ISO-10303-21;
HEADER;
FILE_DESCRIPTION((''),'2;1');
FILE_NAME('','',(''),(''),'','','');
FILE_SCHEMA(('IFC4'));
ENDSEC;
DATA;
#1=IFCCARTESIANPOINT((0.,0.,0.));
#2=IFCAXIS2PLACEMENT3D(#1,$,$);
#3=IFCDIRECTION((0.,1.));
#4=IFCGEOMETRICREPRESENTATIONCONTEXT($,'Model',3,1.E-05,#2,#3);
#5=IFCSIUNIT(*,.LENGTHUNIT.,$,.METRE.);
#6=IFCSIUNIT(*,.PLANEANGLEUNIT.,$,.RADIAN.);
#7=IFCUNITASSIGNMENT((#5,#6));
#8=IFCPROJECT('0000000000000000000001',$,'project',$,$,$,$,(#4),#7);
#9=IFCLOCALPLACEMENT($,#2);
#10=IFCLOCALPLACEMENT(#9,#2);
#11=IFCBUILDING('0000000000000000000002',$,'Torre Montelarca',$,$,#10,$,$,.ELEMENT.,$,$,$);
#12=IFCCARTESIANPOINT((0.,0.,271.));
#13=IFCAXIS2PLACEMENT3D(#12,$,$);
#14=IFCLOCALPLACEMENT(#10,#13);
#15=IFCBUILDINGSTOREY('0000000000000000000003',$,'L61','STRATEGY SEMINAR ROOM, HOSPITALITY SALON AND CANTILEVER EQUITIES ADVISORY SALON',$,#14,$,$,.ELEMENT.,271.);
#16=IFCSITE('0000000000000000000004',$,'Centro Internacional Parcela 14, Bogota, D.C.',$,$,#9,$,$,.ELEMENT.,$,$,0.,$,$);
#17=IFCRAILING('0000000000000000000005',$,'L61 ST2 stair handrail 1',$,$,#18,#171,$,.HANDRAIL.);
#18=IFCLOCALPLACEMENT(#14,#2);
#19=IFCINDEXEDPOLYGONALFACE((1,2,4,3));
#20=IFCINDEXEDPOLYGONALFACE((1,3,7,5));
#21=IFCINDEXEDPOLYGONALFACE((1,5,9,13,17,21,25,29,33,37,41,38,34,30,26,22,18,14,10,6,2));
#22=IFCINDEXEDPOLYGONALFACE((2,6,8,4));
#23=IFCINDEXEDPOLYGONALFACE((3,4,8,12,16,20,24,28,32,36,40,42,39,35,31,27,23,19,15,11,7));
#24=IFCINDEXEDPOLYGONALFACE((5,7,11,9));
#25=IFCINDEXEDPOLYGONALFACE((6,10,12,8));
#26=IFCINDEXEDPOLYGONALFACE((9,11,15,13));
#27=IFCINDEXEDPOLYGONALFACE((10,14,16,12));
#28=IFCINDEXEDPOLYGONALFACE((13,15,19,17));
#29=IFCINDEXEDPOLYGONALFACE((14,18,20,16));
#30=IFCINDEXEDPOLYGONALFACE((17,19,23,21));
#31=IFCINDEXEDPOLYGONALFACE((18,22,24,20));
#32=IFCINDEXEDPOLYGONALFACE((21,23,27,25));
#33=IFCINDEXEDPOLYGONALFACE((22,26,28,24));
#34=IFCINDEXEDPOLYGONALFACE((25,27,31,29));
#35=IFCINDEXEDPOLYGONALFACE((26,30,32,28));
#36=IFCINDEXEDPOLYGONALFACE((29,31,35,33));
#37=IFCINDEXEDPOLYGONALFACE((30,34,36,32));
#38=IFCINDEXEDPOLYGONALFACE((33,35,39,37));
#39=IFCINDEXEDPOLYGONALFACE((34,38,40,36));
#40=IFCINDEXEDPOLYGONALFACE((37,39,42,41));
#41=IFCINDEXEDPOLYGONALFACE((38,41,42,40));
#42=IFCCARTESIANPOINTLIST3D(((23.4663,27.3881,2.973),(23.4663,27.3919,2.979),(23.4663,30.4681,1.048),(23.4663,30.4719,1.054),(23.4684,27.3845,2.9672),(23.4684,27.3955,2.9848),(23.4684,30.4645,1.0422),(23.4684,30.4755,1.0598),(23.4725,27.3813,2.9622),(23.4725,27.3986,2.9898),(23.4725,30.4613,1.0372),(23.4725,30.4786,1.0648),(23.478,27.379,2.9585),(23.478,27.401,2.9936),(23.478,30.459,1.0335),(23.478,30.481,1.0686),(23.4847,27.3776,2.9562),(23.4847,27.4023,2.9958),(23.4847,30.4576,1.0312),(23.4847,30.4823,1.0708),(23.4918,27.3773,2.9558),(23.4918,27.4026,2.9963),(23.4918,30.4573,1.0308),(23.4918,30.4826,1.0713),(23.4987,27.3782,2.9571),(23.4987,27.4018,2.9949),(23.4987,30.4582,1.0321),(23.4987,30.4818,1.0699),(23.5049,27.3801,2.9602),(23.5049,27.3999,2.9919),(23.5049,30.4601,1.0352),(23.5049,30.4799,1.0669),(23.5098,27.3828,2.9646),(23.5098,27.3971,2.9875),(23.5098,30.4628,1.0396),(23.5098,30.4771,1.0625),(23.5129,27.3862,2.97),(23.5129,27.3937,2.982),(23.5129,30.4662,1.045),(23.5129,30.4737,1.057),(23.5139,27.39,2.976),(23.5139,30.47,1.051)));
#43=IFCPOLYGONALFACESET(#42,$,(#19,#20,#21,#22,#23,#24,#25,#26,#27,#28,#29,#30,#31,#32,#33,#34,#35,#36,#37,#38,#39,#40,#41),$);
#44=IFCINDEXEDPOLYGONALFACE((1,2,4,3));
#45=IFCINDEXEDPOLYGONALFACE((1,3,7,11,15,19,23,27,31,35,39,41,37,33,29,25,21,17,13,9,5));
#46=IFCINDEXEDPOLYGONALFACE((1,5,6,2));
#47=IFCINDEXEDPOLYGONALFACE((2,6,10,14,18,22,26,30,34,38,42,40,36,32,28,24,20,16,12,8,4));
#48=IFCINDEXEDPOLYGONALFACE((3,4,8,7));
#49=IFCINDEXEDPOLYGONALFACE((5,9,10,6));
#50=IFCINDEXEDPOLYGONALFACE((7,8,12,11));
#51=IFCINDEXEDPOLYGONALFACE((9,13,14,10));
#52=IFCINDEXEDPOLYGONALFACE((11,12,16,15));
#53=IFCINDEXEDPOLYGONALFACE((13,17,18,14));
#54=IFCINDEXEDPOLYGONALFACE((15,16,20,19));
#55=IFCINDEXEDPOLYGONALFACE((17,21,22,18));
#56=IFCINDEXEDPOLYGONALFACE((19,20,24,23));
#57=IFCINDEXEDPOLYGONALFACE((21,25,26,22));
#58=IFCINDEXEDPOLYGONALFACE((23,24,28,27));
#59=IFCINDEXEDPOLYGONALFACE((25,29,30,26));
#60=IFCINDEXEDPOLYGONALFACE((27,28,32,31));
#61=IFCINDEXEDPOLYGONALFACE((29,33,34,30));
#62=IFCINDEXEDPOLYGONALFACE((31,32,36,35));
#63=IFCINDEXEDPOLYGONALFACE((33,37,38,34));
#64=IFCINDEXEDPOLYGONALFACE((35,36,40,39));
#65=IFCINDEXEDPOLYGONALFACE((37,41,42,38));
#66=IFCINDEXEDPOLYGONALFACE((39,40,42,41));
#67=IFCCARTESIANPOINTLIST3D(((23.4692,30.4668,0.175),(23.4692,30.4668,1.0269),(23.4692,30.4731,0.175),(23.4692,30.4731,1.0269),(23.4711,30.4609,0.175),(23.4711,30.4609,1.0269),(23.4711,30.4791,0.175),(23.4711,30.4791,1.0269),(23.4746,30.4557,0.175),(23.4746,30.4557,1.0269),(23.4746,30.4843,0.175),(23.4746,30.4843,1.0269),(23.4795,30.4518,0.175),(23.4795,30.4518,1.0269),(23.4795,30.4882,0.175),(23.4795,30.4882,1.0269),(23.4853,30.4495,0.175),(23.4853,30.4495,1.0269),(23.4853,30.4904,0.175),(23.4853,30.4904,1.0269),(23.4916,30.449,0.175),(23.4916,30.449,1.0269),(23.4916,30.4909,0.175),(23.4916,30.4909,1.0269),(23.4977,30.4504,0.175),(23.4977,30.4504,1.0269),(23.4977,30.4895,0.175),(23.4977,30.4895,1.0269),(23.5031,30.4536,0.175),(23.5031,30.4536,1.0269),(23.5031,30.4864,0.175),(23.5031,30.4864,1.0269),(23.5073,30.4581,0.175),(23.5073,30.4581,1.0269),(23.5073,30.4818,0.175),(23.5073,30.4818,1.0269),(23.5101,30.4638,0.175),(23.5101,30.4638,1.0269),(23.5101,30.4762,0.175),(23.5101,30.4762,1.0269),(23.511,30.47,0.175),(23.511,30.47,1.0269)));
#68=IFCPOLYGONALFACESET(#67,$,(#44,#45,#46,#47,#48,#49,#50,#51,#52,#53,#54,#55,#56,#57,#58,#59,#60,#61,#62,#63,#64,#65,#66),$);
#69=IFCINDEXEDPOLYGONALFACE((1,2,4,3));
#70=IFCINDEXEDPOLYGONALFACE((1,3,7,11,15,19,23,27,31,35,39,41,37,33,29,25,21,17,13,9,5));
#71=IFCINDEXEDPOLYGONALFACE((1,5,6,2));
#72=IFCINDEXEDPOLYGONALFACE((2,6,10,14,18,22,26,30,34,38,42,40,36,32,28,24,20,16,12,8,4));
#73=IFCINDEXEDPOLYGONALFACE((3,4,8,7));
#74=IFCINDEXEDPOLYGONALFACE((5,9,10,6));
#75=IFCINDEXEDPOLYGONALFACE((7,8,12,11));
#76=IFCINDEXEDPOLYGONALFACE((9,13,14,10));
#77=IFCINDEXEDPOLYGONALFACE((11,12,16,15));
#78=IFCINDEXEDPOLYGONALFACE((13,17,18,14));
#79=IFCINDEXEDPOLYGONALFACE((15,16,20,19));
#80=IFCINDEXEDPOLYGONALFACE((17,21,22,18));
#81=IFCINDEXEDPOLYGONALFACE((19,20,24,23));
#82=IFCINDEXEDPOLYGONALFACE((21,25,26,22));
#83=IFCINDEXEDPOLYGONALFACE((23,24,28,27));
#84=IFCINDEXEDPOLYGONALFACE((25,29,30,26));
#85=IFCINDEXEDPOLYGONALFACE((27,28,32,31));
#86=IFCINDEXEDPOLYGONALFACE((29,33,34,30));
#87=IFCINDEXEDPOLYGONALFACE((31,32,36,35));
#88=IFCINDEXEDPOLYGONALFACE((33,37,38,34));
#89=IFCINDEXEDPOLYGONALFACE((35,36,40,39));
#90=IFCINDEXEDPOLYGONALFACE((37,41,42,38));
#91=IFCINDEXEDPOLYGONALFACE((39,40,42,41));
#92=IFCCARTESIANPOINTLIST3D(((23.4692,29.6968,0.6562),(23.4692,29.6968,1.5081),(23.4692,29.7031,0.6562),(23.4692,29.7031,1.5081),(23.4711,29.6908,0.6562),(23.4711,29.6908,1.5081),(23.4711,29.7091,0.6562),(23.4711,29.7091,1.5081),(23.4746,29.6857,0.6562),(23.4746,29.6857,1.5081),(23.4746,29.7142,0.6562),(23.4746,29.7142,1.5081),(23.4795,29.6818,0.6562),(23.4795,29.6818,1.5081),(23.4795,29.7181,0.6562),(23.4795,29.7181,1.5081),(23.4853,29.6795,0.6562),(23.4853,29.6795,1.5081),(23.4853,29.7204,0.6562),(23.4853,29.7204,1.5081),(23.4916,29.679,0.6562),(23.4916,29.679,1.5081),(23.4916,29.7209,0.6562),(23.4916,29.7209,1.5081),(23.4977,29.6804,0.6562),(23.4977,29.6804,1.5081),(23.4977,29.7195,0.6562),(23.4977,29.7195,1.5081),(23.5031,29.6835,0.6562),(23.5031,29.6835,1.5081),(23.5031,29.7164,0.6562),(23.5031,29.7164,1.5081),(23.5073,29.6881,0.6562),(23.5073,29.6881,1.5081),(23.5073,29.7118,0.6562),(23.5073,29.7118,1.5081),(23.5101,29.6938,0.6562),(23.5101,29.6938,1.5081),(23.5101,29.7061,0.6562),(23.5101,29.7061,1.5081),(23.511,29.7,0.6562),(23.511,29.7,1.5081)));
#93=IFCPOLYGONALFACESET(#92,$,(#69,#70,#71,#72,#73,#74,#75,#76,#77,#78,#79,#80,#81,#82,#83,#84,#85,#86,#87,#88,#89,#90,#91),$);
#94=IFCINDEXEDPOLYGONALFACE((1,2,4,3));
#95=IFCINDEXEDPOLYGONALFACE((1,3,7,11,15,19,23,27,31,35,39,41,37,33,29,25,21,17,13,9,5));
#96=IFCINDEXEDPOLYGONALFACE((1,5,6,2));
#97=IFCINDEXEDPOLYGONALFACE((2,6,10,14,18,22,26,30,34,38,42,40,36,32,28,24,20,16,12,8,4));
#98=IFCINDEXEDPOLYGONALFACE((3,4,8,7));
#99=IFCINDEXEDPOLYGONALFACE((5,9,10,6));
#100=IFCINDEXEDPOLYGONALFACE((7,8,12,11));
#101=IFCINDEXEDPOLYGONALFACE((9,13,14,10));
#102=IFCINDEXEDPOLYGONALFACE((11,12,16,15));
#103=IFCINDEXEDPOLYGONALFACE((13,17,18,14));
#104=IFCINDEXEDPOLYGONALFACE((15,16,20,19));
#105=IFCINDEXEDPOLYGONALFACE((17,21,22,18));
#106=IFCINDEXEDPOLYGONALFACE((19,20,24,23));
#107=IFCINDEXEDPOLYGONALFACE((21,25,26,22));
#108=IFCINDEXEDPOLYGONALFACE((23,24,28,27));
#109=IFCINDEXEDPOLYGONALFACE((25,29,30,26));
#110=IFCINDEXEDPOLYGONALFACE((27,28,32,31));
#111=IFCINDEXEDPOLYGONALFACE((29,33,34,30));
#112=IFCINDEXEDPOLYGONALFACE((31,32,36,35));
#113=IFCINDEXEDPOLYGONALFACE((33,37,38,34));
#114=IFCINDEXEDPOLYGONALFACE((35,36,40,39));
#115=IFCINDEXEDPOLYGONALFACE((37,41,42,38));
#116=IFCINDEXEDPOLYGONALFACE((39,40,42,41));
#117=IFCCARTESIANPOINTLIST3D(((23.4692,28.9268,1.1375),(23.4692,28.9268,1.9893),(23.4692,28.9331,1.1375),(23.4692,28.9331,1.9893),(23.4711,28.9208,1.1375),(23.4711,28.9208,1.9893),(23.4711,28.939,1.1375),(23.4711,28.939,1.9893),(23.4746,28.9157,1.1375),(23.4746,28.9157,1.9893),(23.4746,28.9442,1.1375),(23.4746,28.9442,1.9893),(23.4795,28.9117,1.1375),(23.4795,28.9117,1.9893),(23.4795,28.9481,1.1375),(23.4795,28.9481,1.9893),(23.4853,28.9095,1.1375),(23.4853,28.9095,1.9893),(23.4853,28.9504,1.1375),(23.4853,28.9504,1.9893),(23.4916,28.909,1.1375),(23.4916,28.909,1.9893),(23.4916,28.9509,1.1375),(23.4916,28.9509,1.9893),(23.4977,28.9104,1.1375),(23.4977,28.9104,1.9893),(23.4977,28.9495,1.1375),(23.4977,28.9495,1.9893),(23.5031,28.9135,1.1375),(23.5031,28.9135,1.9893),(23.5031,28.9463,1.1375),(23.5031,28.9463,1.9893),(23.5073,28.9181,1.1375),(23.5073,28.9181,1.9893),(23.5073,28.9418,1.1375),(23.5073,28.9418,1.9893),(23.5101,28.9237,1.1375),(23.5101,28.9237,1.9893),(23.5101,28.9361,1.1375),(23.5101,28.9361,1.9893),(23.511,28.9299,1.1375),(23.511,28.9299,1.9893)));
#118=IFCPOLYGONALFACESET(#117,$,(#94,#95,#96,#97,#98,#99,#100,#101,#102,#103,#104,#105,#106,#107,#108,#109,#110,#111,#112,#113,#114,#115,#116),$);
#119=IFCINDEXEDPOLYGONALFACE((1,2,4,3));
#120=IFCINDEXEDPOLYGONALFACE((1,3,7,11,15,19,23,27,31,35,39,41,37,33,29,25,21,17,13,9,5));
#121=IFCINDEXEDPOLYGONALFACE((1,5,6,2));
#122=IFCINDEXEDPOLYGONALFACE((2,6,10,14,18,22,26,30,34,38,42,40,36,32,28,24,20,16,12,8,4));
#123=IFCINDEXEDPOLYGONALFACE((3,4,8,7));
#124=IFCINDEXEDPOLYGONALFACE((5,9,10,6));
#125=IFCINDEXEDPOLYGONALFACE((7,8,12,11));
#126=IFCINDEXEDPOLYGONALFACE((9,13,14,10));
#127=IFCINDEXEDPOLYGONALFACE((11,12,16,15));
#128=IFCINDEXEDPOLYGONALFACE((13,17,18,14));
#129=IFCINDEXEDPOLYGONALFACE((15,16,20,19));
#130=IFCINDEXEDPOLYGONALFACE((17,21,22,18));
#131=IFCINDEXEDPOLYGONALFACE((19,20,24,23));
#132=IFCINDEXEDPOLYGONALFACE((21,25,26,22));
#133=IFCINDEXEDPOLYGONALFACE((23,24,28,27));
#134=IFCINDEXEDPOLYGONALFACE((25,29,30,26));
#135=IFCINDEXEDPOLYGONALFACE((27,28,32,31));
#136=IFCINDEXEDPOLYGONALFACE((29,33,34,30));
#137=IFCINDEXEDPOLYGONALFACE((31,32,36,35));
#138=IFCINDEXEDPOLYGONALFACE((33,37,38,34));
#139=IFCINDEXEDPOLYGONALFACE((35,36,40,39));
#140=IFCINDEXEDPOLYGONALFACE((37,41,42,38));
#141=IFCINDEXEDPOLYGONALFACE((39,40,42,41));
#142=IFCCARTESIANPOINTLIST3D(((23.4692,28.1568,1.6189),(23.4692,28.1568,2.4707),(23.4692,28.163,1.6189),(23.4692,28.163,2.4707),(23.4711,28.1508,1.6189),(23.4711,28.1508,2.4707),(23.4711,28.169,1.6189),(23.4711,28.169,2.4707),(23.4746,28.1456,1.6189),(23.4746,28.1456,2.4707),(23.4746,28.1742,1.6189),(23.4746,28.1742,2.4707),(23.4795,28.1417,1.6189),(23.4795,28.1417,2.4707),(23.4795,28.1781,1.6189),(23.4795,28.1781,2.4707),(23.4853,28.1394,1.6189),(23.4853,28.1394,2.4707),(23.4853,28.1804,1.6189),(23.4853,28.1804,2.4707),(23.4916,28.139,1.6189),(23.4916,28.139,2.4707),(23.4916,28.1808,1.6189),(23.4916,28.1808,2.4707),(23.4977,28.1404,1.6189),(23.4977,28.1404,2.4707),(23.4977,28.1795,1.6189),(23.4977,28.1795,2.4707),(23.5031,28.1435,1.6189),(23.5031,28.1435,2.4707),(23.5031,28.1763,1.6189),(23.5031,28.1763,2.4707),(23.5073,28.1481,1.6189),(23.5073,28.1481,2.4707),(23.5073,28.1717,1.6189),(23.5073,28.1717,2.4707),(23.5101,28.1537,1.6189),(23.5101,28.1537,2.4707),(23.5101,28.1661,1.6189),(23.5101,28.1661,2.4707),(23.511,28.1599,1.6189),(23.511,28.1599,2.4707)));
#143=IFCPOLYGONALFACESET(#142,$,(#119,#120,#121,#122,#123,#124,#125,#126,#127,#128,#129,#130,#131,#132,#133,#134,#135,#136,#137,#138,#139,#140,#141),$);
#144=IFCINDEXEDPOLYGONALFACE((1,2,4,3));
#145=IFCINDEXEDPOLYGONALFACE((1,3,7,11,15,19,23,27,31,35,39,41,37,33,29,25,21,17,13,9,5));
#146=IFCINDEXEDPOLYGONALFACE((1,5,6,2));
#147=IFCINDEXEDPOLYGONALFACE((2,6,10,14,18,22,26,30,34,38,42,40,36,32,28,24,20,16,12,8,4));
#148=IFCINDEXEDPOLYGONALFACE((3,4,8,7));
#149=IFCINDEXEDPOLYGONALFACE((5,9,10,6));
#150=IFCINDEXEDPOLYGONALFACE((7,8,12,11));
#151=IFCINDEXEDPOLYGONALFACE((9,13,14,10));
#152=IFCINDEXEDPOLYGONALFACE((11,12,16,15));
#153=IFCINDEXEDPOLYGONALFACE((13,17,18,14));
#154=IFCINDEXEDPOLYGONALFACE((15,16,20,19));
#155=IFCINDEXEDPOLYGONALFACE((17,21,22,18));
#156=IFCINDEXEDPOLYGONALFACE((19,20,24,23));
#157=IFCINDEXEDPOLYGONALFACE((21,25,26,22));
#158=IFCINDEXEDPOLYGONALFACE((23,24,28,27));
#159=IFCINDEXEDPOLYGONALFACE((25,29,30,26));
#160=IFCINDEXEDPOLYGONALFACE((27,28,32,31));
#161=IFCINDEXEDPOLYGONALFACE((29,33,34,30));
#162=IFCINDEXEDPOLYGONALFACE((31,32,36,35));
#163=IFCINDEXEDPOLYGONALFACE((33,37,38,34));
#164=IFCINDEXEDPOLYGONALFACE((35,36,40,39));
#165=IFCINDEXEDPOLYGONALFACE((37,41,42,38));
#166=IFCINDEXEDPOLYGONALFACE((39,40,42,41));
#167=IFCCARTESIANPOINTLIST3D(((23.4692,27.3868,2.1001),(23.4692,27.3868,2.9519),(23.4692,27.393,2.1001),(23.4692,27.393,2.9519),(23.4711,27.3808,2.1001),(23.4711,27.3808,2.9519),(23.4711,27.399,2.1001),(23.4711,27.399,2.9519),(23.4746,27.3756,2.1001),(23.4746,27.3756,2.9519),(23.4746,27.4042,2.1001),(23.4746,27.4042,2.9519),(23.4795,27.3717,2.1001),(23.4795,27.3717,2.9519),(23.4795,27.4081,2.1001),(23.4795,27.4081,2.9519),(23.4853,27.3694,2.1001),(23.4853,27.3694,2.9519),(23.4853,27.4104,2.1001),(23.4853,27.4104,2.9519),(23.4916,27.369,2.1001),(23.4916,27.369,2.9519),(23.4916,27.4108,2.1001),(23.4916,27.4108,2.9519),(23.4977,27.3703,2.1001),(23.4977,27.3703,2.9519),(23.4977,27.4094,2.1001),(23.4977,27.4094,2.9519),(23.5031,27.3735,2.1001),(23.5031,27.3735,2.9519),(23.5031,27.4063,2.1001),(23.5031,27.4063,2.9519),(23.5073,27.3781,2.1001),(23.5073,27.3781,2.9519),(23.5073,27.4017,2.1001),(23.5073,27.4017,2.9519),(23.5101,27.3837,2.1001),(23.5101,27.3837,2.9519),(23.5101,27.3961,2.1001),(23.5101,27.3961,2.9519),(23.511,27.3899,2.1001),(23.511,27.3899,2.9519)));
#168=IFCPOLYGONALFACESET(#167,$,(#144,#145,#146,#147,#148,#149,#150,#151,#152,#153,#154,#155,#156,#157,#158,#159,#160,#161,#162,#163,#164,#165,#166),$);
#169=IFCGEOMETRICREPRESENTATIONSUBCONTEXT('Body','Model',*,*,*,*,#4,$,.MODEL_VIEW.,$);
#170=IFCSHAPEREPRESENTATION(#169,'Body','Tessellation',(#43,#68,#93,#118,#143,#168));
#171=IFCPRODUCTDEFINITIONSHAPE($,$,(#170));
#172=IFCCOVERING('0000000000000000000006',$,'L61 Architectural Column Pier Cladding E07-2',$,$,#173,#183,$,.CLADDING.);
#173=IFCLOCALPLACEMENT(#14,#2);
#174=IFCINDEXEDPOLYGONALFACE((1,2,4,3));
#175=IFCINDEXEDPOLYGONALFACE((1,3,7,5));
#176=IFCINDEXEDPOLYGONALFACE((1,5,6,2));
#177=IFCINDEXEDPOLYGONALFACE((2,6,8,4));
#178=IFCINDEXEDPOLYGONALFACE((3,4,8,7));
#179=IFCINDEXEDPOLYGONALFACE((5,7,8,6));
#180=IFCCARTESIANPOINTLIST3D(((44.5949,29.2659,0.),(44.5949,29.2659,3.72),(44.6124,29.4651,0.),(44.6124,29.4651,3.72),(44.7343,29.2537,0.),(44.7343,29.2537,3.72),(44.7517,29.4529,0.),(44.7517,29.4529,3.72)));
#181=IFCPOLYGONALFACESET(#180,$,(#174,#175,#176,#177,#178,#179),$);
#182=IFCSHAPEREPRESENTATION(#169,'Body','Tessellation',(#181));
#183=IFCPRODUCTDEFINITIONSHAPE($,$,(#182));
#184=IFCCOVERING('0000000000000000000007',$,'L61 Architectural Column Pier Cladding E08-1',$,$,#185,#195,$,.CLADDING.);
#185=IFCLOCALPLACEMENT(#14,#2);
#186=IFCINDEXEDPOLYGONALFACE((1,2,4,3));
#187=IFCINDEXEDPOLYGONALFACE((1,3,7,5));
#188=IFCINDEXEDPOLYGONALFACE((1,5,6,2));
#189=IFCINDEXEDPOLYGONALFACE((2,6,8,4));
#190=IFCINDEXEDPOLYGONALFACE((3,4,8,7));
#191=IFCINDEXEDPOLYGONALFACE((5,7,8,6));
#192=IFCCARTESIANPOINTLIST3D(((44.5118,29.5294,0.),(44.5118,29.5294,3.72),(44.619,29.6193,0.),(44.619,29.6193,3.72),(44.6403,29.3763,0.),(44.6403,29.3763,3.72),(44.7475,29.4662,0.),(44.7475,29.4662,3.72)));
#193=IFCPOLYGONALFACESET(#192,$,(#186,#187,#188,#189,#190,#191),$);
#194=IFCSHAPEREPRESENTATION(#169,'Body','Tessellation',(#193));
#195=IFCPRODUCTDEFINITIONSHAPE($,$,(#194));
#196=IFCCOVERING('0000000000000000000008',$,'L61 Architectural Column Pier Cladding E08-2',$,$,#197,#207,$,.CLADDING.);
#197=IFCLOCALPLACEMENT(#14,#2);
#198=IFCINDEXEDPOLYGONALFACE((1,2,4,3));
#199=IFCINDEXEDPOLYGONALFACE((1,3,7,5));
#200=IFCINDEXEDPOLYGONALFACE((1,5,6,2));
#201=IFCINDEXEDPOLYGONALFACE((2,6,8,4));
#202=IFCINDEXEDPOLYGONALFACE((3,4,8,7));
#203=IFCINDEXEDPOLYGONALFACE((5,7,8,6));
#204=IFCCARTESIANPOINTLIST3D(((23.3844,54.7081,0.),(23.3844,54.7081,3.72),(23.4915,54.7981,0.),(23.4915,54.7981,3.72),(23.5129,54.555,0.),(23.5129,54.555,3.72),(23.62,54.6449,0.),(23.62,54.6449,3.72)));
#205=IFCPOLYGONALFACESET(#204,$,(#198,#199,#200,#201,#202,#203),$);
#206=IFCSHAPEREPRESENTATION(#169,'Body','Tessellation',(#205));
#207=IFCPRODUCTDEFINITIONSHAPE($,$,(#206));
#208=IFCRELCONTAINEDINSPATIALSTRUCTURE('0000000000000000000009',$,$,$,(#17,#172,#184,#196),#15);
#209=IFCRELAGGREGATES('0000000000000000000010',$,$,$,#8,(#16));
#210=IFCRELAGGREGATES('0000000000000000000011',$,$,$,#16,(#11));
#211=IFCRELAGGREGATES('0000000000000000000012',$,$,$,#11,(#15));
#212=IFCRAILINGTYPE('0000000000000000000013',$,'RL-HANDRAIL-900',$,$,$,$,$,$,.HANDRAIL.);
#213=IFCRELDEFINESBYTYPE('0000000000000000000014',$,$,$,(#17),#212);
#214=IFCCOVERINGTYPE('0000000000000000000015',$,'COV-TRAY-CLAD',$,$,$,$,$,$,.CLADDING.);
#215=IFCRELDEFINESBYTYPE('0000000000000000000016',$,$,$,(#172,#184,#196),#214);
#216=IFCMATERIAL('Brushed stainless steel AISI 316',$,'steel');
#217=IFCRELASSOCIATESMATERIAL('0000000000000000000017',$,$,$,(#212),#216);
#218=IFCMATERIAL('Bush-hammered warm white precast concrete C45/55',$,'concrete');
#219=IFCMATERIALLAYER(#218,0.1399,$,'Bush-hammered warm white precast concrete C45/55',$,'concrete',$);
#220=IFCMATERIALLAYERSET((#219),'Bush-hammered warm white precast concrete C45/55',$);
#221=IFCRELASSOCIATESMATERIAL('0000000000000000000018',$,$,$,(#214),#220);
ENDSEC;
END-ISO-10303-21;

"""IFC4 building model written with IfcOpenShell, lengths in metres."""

from ifc_helpers import new_model, si_unit, direction, frame, origin, origin_2d, place, context, subcontext, project, spatial, rectangle, circle, extrude, source, transform, mapped, material, layer, layer_set, type_object, element, save


model = new_model("IFC4")

# Units and contexts
model_context = context("Model", 3, precision=1e-05, world=origin(), true_north=direction((0.0, 1.0)))
body_context = subcontext(model_context, "Body", "Model", "MODEL_VIEW")
ifc_project = project(units=[si_unit("LENGTHUNIT", "METRE"), si_unit("PLANEANGLEUNIT", "RADIAN")], contexts=[model_context])

# Site, building, storey
site_placement = place(None, origin())
site = spatial("IfcSite", under=ifc_project, at=site_placement, Name="Centro Internacional Parcela 14, Bogota, D.C.", CompositionType="ELEMENT", RefElevation=0.0)
building_placement = place(site_placement, origin())
building = spatial("IfcBuilding", under=site, at=building_placement, Name="Torre Montelarca", CompositionType="ELEMENT")
storey_placement = place(building_placement, frame((0.0, 0.0, 271.0)))
storey = spatial("IfcBuildingStorey", under=building, at=storey_placement, Name="L61", Description="STRATEGY SEMINAR ROOM, HOSPITALITY SALON AND CANTILEVER EQUITIES ADVISORY SALON", CompositionType="ELEMENT", Elevation=271.0)

# Railing
ifc_material_1 = material(Name="Brushed stainless steel AISI 316", Category="steel")
railing_type_1 = type_object("IfcRailingType", Name="RL-HANDRAIL-900", PredefinedType="HANDRAIL", material=ifc_material_1)
railing_1_placement = place(storey_placement, frame((23.49, 30.47, 0.175)))
element("IfcRailing", 1, at=railing_1_placement, inside=storey, type_object=railing_type_1, Name="L61 ST2 stair handrail 1", PredefinedType="HANDRAIL", context=body_context, shape_type="SweptSolid", body=[
    extrude(circle(Radius=0.0239, at=origin_2d()), frame((0.0, 0.0, 0.876), z_axis=(0.0, -0.847998, 0.529999), x_axis=(1.0, 0.0, 0.0)), (0.0, 0.0, 1.0), 3.6321),
    extrude(circle(Radius=0.021, at=origin_2d()), origin(), (0.0, 0.0, 1.0), 0.8518),
    extrude(circle(Radius=0.021, at=origin_2d()), frame((0.0, -0.77, 0.4812)), (0.0, 0.0, 1.0), 0.8518),
    extrude(circle(Radius=0.021, at=origin_2d()), frame((0.0, -1.54, 0.9624)), (0.0, 0.0, 1.0), 0.8518),
    extrude(circle(Radius=0.021, at=origin_2d()), frame((0.0, -2.3101, 1.4438)), (0.0, 0.0, 1.0), 0.8518),
    extrude(circle(Radius=0.021, at=origin_2d()), frame((0.0, -3.0801, 1.925)), (0.0, 0.0, 1.0), 0.8518),
])

# Coverings
ifc_material_2 = material(Name="Bush-hammered warm white precast concrete C45/55", Category="concrete")
ifc_layer_1 = layer(ifc_material_2, 0.1399, Name="Bush-hammered warm white precast concrete C45/55", Category="concrete")
ifc_layer_set_1 = layer_set([ifc_layer_1], Name="Bush-hammered warm white precast concrete C45/55")
covering_type = type_object("IfcCoveringType", Name="COV-TRAY-CLAD", PredefinedType="CLADDING", material=ifc_layer_set_1)
shared_shape_1 = source(origin(), body_context, "Body", "SweptSolid", [
    extrude(rectangle(XDim=0.2, YDim=0.1399, at=origin_2d()), origin(), (0.0, 0.0, 1.0), 3.72),
])
for number, where, z_axis, x_axis, name in (
    (2, (44.6733, 29.3594, 0.0), (0.0, 0.0, 1.0), (0.087161, 0.996194, 0.0), "L61 Architectural Column Pier Cladding E07-2"),
    (3, (44.6296, 29.4978, 0.0), (0.0, 0.0, 1.0), (-0.642788, 0.766044, 0.0), "L61 Architectural Column Pier Cladding E08-1"),
    (4, (23.5022, 54.6765, 0.0), (0.0, 0.0, 1.0), (-0.642788, 0.766044, 0.0), "L61 Architectural Column Pier Cladding E08-2"),
):
    element("IfcCovering", number, at=place(storey_placement, frame(where, z_axis=z_axis, x_axis=x_axis)), inside=storey, type_object=covering_type, Name=name, PredefinedType="CLADDING", context=body_context, shape_type="MappedRepresentation", body=[
        mapped(shared_shape_1, transform((0.0, 0.0, 0.0), scale=1.0)),
    ])

save(model, "model.ifc")
